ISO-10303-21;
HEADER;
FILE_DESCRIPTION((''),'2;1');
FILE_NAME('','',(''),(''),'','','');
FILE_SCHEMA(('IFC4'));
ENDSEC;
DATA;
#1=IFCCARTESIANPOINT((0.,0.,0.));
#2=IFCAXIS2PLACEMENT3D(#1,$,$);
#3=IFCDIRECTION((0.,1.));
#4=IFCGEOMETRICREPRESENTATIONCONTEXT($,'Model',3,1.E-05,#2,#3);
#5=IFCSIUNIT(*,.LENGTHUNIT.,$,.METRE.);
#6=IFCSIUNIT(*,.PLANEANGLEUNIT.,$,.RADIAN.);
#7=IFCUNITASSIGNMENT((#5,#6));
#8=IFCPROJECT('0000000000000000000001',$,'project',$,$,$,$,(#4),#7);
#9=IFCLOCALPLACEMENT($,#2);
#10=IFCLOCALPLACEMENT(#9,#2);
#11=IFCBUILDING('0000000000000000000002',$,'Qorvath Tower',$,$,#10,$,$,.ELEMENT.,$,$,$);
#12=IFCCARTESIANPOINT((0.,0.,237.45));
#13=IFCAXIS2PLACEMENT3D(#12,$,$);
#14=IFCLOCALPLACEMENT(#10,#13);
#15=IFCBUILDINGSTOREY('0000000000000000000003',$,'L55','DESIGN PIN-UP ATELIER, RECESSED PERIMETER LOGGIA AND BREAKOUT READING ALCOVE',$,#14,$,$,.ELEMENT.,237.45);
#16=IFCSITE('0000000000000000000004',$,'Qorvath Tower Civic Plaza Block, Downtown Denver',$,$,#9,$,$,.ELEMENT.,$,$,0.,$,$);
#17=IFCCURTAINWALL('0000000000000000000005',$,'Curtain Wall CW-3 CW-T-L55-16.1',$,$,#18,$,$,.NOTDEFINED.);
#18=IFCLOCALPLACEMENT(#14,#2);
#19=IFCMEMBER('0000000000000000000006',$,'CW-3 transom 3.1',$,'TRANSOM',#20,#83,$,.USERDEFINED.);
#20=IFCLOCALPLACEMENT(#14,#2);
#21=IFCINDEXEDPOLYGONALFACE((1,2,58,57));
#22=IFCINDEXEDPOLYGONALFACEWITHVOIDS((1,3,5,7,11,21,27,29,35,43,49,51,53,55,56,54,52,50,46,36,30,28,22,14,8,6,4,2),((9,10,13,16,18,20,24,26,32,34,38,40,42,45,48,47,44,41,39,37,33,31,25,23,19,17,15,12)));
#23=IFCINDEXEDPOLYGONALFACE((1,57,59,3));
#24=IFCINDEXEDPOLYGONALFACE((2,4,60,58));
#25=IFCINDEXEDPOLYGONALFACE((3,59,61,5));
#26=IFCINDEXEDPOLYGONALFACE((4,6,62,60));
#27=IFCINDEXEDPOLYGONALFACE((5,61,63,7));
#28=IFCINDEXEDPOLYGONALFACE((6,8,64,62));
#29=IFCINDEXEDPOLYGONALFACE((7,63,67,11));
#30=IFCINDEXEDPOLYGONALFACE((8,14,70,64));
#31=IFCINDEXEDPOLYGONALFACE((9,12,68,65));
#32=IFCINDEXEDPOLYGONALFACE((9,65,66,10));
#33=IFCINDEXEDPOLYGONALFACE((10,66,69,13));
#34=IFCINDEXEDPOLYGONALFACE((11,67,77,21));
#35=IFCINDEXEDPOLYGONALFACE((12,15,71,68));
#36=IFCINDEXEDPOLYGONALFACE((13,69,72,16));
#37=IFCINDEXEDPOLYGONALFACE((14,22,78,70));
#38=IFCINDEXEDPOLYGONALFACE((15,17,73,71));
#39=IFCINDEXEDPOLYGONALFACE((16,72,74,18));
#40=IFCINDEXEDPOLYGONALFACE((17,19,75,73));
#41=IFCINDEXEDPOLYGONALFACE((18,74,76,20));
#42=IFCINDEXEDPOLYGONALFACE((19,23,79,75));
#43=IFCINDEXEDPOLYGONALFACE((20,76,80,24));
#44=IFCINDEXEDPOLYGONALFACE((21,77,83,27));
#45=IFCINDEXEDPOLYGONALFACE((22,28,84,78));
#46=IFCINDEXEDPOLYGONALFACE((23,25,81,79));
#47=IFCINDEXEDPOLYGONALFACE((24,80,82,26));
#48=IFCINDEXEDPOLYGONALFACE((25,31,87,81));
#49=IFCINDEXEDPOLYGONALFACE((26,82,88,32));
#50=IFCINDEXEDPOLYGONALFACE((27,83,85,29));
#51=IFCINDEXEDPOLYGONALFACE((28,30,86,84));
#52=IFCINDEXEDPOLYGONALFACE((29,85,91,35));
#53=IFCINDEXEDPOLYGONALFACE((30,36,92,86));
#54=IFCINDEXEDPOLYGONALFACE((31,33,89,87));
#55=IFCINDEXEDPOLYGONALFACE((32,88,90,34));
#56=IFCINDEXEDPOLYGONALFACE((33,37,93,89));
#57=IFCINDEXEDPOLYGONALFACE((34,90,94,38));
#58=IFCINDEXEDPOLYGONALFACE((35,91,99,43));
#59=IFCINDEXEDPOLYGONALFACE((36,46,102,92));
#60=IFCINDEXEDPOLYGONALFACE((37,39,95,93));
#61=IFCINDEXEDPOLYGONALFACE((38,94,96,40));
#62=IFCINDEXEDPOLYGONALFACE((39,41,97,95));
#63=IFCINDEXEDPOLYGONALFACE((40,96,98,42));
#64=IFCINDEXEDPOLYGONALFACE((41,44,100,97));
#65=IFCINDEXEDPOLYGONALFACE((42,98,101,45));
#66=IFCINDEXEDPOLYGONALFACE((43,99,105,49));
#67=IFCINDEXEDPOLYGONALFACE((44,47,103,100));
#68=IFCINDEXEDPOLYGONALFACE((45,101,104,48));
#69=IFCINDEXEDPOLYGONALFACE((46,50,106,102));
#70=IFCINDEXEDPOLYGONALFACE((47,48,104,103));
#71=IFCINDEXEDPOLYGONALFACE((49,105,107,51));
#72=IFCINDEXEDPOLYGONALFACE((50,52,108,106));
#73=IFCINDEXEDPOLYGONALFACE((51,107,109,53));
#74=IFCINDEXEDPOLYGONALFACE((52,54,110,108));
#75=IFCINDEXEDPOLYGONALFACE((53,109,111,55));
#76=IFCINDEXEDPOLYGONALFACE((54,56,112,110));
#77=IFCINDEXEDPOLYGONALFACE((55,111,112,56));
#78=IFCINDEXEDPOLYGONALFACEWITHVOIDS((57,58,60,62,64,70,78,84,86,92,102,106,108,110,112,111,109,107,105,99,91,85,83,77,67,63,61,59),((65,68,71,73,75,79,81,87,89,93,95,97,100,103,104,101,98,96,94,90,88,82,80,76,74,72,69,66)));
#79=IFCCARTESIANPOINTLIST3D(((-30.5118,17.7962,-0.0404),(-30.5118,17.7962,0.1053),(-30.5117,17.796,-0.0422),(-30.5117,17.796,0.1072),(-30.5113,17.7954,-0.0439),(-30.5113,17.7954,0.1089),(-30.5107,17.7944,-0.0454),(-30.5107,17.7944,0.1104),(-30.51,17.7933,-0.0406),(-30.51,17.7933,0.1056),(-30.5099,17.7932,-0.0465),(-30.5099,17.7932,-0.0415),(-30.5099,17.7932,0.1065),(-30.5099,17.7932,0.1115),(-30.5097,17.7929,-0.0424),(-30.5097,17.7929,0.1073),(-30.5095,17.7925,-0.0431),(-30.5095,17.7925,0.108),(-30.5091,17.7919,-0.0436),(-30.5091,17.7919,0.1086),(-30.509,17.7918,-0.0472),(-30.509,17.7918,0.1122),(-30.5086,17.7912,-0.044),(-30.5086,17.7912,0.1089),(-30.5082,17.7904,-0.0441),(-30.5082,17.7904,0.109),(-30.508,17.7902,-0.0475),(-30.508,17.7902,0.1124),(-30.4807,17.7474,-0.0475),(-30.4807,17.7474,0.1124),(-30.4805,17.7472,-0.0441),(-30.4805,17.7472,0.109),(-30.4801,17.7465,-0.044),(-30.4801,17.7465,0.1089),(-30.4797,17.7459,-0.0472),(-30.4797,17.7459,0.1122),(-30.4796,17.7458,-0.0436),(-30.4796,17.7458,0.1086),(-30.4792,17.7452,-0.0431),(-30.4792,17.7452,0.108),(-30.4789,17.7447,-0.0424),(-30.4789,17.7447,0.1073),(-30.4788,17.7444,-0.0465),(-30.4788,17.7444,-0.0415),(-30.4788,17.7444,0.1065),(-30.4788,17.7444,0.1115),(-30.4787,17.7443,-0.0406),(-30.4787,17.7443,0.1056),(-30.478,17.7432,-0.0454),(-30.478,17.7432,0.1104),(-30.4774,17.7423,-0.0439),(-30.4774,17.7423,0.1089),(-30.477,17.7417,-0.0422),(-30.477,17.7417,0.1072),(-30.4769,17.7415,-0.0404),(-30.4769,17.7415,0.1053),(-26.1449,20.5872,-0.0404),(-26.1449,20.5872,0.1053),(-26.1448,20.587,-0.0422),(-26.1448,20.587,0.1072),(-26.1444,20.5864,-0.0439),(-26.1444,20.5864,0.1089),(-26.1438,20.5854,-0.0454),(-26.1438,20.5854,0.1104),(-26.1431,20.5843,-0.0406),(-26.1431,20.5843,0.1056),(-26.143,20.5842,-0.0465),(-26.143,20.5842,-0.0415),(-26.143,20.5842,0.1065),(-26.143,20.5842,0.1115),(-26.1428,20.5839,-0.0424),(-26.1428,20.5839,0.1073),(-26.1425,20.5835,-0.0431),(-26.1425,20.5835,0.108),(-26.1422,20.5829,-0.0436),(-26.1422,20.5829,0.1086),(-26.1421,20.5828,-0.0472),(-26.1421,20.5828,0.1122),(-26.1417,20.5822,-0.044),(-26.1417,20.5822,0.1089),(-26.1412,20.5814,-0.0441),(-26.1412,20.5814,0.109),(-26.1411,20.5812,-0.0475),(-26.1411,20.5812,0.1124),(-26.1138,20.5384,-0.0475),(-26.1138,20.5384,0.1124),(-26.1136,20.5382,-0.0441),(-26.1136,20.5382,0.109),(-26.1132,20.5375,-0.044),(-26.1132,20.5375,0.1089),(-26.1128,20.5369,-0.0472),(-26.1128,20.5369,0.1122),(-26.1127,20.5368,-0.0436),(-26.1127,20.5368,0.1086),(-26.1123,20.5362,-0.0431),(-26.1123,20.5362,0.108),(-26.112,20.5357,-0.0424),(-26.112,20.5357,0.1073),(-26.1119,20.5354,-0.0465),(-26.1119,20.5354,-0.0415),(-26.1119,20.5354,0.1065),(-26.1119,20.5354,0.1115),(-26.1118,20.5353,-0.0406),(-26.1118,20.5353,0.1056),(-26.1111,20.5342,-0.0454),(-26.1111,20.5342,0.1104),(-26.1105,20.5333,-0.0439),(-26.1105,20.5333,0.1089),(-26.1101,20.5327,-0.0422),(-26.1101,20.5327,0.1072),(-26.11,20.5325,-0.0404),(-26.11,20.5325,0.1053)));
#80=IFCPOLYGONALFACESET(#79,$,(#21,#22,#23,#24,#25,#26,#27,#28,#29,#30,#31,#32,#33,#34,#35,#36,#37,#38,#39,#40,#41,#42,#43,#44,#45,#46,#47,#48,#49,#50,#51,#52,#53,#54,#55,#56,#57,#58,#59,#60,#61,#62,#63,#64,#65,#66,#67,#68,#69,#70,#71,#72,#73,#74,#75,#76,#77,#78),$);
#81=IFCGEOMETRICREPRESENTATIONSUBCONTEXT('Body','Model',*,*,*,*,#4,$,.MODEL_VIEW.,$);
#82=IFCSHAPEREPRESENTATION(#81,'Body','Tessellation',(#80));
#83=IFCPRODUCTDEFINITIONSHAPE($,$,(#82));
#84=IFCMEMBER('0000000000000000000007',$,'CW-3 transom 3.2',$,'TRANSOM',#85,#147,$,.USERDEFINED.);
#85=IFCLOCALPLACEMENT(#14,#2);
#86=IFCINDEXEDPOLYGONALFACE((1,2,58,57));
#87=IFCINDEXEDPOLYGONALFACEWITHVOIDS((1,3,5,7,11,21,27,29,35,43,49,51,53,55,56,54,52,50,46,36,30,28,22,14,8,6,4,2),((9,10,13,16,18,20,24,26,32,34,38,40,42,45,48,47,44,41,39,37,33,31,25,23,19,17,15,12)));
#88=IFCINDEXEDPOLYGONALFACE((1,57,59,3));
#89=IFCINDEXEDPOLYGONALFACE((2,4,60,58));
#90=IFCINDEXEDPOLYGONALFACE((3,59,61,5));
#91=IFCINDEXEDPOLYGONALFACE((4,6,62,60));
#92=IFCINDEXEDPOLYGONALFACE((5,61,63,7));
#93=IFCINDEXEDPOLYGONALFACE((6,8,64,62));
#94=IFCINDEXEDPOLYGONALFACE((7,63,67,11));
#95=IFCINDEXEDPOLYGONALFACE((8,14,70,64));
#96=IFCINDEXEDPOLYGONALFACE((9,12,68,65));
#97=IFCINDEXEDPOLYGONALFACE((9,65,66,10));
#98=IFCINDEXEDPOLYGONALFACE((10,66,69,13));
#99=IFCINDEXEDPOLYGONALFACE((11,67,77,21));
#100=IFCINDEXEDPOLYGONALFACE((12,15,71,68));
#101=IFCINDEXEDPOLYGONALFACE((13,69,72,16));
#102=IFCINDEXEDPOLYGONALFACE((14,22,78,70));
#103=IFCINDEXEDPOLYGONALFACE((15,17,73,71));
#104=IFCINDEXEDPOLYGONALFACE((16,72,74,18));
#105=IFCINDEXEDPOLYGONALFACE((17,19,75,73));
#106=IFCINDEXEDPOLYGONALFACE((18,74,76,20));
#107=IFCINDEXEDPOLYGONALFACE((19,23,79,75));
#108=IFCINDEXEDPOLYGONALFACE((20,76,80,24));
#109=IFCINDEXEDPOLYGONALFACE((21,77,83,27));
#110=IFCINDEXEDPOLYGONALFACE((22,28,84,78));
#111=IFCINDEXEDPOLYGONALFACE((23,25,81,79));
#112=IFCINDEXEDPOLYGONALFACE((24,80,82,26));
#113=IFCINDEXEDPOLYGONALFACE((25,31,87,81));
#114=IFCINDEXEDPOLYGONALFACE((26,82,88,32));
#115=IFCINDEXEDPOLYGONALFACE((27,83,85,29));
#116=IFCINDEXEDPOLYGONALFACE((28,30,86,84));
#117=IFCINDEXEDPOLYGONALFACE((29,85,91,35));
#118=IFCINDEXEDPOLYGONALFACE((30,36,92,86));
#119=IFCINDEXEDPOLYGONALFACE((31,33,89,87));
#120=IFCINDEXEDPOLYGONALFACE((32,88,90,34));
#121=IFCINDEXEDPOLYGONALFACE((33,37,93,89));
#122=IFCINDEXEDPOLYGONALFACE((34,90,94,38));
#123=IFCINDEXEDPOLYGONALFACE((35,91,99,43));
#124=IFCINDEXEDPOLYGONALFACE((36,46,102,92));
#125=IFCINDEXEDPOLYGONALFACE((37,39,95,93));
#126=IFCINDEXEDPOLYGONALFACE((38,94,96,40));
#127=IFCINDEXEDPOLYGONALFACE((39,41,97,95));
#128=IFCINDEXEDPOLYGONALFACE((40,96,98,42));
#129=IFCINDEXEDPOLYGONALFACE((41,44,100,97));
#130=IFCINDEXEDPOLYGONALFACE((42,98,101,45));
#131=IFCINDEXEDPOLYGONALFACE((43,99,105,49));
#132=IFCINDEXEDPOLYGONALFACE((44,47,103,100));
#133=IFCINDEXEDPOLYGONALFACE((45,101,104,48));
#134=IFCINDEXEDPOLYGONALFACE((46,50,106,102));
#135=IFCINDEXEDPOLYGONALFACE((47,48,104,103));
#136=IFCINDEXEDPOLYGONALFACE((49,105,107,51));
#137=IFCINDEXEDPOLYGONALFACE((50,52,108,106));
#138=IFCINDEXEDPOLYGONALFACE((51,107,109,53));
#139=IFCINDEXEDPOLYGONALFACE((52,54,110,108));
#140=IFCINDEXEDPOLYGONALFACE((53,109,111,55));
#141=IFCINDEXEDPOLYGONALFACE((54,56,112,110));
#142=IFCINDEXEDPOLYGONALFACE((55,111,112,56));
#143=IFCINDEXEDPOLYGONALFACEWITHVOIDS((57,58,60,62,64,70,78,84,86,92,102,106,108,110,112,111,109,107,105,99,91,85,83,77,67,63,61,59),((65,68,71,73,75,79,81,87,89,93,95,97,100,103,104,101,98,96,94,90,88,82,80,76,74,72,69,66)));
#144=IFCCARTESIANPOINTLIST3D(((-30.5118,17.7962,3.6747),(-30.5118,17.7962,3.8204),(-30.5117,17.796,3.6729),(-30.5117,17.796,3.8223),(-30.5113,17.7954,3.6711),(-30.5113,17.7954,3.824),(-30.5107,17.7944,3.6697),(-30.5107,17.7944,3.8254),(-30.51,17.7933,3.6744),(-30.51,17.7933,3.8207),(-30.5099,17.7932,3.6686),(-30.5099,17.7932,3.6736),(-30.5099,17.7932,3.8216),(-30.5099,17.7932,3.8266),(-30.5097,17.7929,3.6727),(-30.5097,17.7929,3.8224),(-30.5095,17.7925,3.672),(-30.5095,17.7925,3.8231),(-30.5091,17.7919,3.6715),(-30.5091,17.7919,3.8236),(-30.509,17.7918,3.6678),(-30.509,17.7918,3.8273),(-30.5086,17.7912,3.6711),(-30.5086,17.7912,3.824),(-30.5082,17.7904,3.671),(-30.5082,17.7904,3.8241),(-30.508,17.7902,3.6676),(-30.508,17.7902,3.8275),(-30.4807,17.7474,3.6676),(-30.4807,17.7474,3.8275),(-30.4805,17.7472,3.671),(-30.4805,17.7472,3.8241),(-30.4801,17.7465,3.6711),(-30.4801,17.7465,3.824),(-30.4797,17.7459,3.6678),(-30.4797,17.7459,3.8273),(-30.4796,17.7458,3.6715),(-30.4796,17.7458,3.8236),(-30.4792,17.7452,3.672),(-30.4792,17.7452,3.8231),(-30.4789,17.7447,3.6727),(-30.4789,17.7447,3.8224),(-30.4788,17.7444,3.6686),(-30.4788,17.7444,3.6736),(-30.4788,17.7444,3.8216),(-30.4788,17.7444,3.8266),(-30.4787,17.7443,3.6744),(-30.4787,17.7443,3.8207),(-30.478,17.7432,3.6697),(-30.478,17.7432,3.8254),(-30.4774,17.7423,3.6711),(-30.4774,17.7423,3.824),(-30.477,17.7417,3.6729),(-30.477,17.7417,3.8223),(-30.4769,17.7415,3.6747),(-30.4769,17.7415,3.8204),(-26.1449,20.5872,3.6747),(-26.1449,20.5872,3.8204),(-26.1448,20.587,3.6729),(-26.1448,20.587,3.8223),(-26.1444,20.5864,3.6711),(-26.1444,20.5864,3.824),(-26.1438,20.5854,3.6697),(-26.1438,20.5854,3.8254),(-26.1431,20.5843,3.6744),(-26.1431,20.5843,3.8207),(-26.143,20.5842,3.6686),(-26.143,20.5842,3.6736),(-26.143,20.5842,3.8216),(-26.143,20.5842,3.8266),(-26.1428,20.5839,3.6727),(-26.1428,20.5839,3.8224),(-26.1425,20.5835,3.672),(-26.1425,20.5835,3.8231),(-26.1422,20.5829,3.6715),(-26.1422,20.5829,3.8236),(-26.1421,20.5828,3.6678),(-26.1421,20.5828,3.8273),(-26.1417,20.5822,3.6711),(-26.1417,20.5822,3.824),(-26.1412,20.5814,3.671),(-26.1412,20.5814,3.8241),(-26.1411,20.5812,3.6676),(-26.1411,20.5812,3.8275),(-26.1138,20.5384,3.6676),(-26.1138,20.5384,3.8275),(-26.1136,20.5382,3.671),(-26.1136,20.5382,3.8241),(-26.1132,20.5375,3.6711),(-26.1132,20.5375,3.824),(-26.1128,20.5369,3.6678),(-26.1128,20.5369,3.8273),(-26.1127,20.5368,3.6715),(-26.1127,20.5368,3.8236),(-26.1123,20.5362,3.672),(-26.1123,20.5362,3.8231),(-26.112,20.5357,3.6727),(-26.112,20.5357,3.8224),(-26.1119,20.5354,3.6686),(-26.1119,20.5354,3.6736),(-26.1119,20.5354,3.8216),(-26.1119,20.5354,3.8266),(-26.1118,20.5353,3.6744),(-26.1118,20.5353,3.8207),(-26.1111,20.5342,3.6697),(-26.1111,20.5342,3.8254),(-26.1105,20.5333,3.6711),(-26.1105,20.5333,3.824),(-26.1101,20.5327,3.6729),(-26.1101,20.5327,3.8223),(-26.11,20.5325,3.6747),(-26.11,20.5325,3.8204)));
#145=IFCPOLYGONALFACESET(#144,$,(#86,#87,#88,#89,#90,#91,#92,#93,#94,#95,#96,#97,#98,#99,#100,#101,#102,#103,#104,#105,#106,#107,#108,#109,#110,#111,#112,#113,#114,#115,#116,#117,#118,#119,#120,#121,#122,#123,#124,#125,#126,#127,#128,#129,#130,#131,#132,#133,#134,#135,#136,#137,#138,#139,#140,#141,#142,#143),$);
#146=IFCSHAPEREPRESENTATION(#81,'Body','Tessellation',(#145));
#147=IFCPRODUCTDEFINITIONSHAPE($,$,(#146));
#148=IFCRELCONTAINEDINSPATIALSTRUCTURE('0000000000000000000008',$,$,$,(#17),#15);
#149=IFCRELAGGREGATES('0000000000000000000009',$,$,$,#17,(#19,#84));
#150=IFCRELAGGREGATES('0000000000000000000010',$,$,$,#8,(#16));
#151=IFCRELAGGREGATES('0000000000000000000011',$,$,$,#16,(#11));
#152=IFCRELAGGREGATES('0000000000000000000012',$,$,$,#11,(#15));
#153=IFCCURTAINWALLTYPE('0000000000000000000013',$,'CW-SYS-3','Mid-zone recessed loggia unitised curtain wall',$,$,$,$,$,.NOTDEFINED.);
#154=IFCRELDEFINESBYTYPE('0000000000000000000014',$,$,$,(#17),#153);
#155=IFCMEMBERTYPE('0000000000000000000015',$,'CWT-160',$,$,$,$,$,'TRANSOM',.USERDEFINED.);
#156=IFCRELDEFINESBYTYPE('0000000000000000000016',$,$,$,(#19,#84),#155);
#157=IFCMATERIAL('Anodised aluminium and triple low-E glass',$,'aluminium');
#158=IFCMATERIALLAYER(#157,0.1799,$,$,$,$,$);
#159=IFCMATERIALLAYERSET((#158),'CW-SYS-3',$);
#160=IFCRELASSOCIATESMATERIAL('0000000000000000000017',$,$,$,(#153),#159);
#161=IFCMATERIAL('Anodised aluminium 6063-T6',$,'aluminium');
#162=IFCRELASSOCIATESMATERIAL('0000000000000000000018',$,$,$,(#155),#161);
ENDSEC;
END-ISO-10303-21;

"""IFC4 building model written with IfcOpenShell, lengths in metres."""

from ifc_helpers import new_model, si_unit, direction, frame, origin, origin_2d, place, context, subcontext, project, spatial, hollow_rectangle, extrude, material, layer, layer_set, material_profile, profile_set, type_object, element, aggregate, save


model = new_model("IFC4")

# Units and contexts
model_context = context("Model", 3, precision=1e-05, world=origin(), true_north=direction((0.0, 1.0)))
body_context = subcontext(model_context, "Body", "Model", "MODEL_VIEW")
ifc_project = project(units=[si_unit("LENGTHUNIT", "METRE"), si_unit("PLANEANGLEUNIT", "RADIAN")], contexts=[model_context])

# Site, building, storey
site_placement = place(None, origin())
site = spatial("IfcSite", under=ifc_project, at=site_placement, Name="Qorvath Tower Civic Plaza Block, Downtown Denver", CompositionType="ELEMENT", RefElevation=0.0)
building_placement = place(site_placement, origin())
building = spatial("IfcBuilding", under=site, at=building_placement, Name="Qorvath Tower", CompositionType="ELEMENT")
storey_placement = place(building_placement, frame((0.0, 0.0, 237.45)))
storey = spatial("IfcBuildingStorey", under=building, at=storey_placement, Name="L55", Description="DESIGN PIN-UP ATELIER, RECESSED PERIMETER LOGGIA AND BREAKOUT READING ALCOVE", CompositionType="ELEMENT", Elevation=237.45)

# Curtain wall, members
ifc_material_1 = material(Name="Anodised aluminium and triple low-E glass", Category="aluminium")
ifc_layer_1 = layer(ifc_material_1, 0.1799)
ifc_layer_set_1 = layer_set([ifc_layer_1], Name="CW-SYS-3")
curtain_wall_type = type_object("IfcCurtainWallType", Name="CW-SYS-3", Description="Mid-zone recessed loggia unitised curtain wall", PredefinedType="NOTDEFINED", material=ifc_layer_set_1)
curtain_wall_placement = place(storey_placement, origin())
curtain_wall = element("IfcCurtainWall", 1, at=curtain_wall_placement, inside=storey, type_object=curtain_wall_type, Name="Curtain Wall CW-3 CW-T-L55-16.1", PredefinedType="NOTDEFINED")
ifc_material_2 = material(Name="Anodised aluminium 6063-T6", Category="aluminium")
ifc_material_profile_1 = material_profile(ifc_material_2, hollow_rectangle(XDim=0.0649, YDim=0.1599, WallThickness=0.0034, InnerFilletRadius=0.0034, OuterFilletRadius=0.0071, at=origin_2d()), Name="CWT 160x65")
ifc_profile_set_1 = profile_set([ifc_material_profile_1], Name="Anodised aluminium 6063-T6")
member_type_1 = type_object("IfcMemberType", Name="CWT-160", ElementType="TRANSOM", PredefinedType="USERDEFINED", material=ifc_profile_set_1)
member_1_placement = place(storey_placement, frame((-26.1274, 20.5598, 0.0325), z_axis=(-0.842607, -0.53853, 0.0), x_axis=(0.53853, -0.842607, 0.0)))
member_1 = element("IfcMember", 2, at=member_1_placement, type_object=member_type_1, Name="CW-3 transom 3.1", ObjectType="TRANSOM", PredefinedType="USERDEFINED", context=body_context, shape_type="SweptSolid", body=[
    extrude(hollow_rectangle(XDim=0.0649, YDim=0.1599, WallThickness=0.0034, InnerFilletRadius=0.0034, OuterFilletRadius=0.0071, at=origin_2d()), origin(), (0.0, 0.0, 1.0), 5.1826),
])
member_2_placement = place(storey_placement, frame((-26.1274, 20.5598, 3.7476), z_axis=(-0.842607, -0.53853, 0.0), x_axis=(0.53853, -0.842607, 0.0)))
member_2 = element("IfcMember", 3, at=member_2_placement, type_object=member_type_1, Name="CW-3 transom 3.2", ObjectType="TRANSOM", PredefinedType="USERDEFINED", context=body_context, shape_type="SweptSolid", body=[
    extrude(hollow_rectangle(XDim=0.0649, YDim=0.1599, WallThickness=0.0034, InnerFilletRadius=0.0034, OuterFilletRadius=0.0071, at=origin_2d()), origin(), (0.0, 0.0, 1.0), 5.1826),
])
aggregate(curtain_wall, [member_1, member_2])

save(model, "model.ifc")
